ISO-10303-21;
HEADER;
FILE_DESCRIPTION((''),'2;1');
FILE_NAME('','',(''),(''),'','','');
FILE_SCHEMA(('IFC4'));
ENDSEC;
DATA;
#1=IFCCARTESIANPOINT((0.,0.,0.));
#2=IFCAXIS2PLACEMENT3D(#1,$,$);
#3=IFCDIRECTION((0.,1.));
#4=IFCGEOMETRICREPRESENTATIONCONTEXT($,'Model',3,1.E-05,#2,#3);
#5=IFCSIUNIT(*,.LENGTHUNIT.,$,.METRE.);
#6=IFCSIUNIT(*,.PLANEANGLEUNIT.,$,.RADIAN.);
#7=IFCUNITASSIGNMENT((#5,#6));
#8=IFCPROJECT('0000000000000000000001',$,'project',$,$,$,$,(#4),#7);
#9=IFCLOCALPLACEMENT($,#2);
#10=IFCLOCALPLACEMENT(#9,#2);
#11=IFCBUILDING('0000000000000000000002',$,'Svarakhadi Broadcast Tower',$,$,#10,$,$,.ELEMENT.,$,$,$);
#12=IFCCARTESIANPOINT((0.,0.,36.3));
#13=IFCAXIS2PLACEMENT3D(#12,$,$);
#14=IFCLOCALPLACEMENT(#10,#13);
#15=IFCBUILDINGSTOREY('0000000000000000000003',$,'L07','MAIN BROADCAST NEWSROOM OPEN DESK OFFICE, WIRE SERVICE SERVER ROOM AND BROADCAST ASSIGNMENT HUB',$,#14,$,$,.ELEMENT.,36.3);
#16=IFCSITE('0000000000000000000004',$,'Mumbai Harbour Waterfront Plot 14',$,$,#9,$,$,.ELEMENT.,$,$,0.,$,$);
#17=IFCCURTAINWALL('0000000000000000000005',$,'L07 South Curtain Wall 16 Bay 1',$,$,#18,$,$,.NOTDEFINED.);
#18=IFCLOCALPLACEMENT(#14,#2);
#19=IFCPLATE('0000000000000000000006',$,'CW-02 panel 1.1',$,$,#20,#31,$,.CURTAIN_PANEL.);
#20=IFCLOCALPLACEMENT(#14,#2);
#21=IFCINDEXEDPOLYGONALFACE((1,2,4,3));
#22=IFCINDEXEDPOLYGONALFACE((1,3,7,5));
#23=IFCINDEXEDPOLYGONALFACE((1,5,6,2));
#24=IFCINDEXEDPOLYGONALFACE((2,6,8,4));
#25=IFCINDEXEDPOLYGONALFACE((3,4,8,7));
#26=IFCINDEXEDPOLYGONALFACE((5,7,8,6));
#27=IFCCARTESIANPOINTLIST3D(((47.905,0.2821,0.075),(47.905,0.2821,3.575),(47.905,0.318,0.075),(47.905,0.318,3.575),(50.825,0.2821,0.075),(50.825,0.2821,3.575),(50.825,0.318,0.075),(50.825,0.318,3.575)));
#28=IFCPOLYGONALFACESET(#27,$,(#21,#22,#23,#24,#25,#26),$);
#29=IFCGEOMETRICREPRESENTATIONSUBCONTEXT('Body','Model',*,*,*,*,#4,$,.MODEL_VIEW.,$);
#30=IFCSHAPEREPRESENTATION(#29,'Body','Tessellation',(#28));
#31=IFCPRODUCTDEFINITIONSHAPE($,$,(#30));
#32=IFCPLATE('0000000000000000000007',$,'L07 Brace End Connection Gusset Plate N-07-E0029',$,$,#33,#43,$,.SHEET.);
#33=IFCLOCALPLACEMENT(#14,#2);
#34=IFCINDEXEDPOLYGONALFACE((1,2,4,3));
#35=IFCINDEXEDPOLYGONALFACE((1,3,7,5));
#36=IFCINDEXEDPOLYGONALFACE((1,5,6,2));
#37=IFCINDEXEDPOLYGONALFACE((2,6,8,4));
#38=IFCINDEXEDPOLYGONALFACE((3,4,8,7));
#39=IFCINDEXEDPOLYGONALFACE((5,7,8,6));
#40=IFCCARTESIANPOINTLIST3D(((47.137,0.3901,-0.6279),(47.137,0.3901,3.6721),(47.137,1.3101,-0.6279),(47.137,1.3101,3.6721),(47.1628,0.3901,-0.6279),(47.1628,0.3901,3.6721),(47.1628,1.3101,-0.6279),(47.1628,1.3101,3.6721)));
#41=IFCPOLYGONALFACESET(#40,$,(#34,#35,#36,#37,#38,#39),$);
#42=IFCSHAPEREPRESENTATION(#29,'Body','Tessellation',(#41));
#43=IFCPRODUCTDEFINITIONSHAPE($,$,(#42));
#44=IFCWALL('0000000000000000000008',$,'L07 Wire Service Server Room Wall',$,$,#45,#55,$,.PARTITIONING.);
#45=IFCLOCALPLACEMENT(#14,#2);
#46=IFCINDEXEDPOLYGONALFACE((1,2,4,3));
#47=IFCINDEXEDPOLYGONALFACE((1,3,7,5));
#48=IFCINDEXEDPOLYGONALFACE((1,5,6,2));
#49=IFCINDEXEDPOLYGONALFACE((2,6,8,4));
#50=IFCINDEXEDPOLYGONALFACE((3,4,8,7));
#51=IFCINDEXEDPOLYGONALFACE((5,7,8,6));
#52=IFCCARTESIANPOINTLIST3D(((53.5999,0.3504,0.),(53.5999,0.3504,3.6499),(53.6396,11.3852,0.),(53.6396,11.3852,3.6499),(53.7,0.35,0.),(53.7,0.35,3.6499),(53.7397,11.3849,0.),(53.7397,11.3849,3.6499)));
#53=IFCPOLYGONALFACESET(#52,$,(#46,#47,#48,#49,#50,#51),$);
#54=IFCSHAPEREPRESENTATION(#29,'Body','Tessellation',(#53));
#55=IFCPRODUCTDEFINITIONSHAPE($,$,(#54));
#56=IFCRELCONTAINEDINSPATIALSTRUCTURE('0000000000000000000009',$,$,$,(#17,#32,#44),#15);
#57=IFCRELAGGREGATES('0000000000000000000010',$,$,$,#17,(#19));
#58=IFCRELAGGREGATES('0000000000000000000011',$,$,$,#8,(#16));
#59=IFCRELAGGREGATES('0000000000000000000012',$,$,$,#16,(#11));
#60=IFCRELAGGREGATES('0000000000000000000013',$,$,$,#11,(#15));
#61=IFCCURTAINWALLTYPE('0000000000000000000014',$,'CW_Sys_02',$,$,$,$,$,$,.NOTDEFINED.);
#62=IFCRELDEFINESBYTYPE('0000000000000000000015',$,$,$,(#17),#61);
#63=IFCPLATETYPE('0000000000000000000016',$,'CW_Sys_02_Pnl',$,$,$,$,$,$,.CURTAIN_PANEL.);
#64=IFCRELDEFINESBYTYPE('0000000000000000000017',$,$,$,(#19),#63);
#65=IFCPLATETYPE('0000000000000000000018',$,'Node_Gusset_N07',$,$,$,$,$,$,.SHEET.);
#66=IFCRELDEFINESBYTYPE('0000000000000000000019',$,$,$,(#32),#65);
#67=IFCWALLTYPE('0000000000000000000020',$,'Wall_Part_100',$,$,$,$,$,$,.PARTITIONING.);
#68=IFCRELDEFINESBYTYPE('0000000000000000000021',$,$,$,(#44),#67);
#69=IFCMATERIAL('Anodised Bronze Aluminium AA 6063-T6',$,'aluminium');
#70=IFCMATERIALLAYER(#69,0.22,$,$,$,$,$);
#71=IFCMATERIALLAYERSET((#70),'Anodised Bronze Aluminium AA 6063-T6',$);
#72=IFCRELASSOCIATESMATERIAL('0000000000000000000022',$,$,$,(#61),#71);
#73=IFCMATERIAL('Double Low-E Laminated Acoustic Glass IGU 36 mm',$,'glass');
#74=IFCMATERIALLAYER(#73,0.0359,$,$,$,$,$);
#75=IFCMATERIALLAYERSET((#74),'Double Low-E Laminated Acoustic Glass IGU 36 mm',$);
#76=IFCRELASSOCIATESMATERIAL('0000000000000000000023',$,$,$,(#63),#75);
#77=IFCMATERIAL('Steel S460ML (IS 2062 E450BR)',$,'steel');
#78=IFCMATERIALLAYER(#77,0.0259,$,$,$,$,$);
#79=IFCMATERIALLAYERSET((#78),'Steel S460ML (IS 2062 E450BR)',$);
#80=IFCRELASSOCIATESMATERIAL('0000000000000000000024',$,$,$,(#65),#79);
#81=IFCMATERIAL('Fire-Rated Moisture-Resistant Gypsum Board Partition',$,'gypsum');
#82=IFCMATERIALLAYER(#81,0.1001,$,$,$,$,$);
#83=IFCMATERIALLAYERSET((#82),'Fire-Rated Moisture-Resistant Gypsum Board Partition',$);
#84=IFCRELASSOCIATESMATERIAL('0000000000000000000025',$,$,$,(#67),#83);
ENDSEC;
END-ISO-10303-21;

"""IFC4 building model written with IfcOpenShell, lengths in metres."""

from ifc_helpers import new_model, si_unit, direction, frame, frame_2d, origin, origin_2d, place, context, subcontext, project, spatial, rectangle, extrude, material, layer, layer_set, type_object, element, aggregate, save


model = new_model("IFC4")

# Units and contexts
model_context = context("Model", 3, precision=1e-05, world=origin(), true_north=direction((0.0, 1.0)))
body_context = subcontext(model_context, "Body", "Model", "MODEL_VIEW")
ifc_project = project(units=[si_unit("LENGTHUNIT", "METRE"), si_unit("PLANEANGLEUNIT", "RADIAN")], contexts=[model_context])

# Site, building, storey
site_placement = place(None, origin())
site = spatial("IfcSite", under=ifc_project, at=site_placement, Name="Mumbai Harbour Waterfront Plot 14", CompositionType="ELEMENT", RefElevation=0.0)
building_placement = place(site_placement, origin())
building = spatial("IfcBuilding", under=site, at=building_placement, Name="Svarakhadi Broadcast Tower", CompositionType="ELEMENT")
storey_placement = place(building_placement, frame((0.0, 0.0, 36.3)))
storey = spatial("IfcBuildingStorey", under=building, at=storey_placement, Name="L07", Description="MAIN BROADCAST NEWSROOM OPEN DESK OFFICE, WIRE SERVICE SERVER ROOM AND BROADCAST ASSIGNMENT HUB", CompositionType="ELEMENT", Elevation=36.3)

# Shared definitions
ifc_material_1 = material(Name="Steel S460ML (IS 2062 E450BR)", Category="steel")

# Curtain wall
ifc_material_2 = material(Name="Anodised Bronze Aluminium AA 6063-T6", Category="aluminium")
ifc_layer_1 = layer(ifc_material_2, 0.22)
ifc_layer_set_1 = layer_set([ifc_layer_1], Name="Anodised Bronze Aluminium AA 6063-T6")
curtain_wall_type = type_object("IfcCurtainWallType", Name="CW_Sys_02", PredefinedType="NOTDEFINED", material=ifc_layer_set_1)
curtain_wall_1_placement = place(storey_placement, origin())
curtain_wall_1 = element("IfcCurtainWall", 1, at=curtain_wall_1_placement, inside=storey, type_object=curtain_wall_type, Name="L07 South Curtain Wall 16 Bay 1", PredefinedType="NOTDEFINED")

# Plates
ifc_material_3 = material(Name="Double Low-E Laminated Acoustic Glass IGU 36 mm", Category="glass")
ifc_layer_2 = layer(ifc_material_3, 0.0359)
ifc_layer_set_2 = layer_set([ifc_layer_2], Name="Double Low-E Laminated Acoustic Glass IGU 36 mm")
plate_type_1 = type_object("IfcPlateType", Name="CW_Sys_02_Pnl", PredefinedType="CURTAIN_PANEL", material=ifc_layer_set_2)
plate_1_placement = place(storey_placement, frame((49.365, 0.3, 0.075), z_axis=(0.0, 0.0, 1.0), x_axis=(-1.0, 0.0, 0.0)))
plate_1 = element("IfcPlate", 2, at=plate_1_placement, type_object=plate_type_1, Name="CW-02 panel 1.1", PredefinedType="CURTAIN_PANEL", context=body_context, shape_type="SweptSolid", body=[
    extrude(rectangle(XDim=2.9199, YDim=0.0359, at=origin_2d()), origin(), (0.0, 0.0, 1.0), 3.5),
])
aggregate(curtain_wall_1, [plate_1])
ifc_layer_3 = layer(ifc_material_1, 0.0259)
ifc_layer_set_3 = layer_set([ifc_layer_3], Name="Steel S460ML (IS 2062 E450BR)")
plate_type_2 = type_object("IfcPlateType", Name="Node_Gusset_N07", PredefinedType="SHEET", material=ifc_layer_set_3)
plate_2_placement = place(storey_placement, frame((47.1499, 0.8501, -0.6279), z_axis=(0.0, 0.0, 1.0), x_axis=(0.0, 1.0, 0.0)))
element("IfcPlate", 3, at=plate_2_placement, inside=storey, type_object=plate_type_2, Name="L07 Brace End Connection Gusset Plate N-07-E0029", PredefinedType="SHEET", context=body_context, shape_type="SweptSolid", body=[
    extrude(rectangle(XDim=0.9199, YDim=0.0259, at=origin_2d()), origin(), (0.0, 0.0, 1.0), 4.3),
])

# Wall
ifc_material_4 = material(Name="Fire-Rated Moisture-Resistant Gypsum Board Partition", Category="gypsum")
ifc_layer_4 = layer(ifc_material_4, 0.1001)
ifc_layer_set_4 = layer_set([ifc_layer_4], Name="Fire-Rated Moisture-Resistant Gypsum Board Partition")
wall_type = type_object("IfcWallType", Name="Wall_Part_100", PredefinedType="PARTITIONING", material=ifc_layer_set_4)
wall_placement = place(storey_placement, frame((53.6499, 0.3501, 0.0), z_axis=(0.0, 0.0, 1.0), x_axis=(0.003606, 0.999993, 0.0)))
element("IfcWall", 4, at=wall_placement, inside=storey, type_object=wall_type, Name="L07 Wire Service Server Room Wall", PredefinedType="PARTITIONING", context=body_context, shape_type="SweptSolid", body=[
    extrude(rectangle(XDim=11.0349, YDim=0.1001, at=frame_2d((5.5176, 0.0))), origin(), (0.0, 0.0, 1.0), 3.6499),
])

save(model, "model.ifc")
